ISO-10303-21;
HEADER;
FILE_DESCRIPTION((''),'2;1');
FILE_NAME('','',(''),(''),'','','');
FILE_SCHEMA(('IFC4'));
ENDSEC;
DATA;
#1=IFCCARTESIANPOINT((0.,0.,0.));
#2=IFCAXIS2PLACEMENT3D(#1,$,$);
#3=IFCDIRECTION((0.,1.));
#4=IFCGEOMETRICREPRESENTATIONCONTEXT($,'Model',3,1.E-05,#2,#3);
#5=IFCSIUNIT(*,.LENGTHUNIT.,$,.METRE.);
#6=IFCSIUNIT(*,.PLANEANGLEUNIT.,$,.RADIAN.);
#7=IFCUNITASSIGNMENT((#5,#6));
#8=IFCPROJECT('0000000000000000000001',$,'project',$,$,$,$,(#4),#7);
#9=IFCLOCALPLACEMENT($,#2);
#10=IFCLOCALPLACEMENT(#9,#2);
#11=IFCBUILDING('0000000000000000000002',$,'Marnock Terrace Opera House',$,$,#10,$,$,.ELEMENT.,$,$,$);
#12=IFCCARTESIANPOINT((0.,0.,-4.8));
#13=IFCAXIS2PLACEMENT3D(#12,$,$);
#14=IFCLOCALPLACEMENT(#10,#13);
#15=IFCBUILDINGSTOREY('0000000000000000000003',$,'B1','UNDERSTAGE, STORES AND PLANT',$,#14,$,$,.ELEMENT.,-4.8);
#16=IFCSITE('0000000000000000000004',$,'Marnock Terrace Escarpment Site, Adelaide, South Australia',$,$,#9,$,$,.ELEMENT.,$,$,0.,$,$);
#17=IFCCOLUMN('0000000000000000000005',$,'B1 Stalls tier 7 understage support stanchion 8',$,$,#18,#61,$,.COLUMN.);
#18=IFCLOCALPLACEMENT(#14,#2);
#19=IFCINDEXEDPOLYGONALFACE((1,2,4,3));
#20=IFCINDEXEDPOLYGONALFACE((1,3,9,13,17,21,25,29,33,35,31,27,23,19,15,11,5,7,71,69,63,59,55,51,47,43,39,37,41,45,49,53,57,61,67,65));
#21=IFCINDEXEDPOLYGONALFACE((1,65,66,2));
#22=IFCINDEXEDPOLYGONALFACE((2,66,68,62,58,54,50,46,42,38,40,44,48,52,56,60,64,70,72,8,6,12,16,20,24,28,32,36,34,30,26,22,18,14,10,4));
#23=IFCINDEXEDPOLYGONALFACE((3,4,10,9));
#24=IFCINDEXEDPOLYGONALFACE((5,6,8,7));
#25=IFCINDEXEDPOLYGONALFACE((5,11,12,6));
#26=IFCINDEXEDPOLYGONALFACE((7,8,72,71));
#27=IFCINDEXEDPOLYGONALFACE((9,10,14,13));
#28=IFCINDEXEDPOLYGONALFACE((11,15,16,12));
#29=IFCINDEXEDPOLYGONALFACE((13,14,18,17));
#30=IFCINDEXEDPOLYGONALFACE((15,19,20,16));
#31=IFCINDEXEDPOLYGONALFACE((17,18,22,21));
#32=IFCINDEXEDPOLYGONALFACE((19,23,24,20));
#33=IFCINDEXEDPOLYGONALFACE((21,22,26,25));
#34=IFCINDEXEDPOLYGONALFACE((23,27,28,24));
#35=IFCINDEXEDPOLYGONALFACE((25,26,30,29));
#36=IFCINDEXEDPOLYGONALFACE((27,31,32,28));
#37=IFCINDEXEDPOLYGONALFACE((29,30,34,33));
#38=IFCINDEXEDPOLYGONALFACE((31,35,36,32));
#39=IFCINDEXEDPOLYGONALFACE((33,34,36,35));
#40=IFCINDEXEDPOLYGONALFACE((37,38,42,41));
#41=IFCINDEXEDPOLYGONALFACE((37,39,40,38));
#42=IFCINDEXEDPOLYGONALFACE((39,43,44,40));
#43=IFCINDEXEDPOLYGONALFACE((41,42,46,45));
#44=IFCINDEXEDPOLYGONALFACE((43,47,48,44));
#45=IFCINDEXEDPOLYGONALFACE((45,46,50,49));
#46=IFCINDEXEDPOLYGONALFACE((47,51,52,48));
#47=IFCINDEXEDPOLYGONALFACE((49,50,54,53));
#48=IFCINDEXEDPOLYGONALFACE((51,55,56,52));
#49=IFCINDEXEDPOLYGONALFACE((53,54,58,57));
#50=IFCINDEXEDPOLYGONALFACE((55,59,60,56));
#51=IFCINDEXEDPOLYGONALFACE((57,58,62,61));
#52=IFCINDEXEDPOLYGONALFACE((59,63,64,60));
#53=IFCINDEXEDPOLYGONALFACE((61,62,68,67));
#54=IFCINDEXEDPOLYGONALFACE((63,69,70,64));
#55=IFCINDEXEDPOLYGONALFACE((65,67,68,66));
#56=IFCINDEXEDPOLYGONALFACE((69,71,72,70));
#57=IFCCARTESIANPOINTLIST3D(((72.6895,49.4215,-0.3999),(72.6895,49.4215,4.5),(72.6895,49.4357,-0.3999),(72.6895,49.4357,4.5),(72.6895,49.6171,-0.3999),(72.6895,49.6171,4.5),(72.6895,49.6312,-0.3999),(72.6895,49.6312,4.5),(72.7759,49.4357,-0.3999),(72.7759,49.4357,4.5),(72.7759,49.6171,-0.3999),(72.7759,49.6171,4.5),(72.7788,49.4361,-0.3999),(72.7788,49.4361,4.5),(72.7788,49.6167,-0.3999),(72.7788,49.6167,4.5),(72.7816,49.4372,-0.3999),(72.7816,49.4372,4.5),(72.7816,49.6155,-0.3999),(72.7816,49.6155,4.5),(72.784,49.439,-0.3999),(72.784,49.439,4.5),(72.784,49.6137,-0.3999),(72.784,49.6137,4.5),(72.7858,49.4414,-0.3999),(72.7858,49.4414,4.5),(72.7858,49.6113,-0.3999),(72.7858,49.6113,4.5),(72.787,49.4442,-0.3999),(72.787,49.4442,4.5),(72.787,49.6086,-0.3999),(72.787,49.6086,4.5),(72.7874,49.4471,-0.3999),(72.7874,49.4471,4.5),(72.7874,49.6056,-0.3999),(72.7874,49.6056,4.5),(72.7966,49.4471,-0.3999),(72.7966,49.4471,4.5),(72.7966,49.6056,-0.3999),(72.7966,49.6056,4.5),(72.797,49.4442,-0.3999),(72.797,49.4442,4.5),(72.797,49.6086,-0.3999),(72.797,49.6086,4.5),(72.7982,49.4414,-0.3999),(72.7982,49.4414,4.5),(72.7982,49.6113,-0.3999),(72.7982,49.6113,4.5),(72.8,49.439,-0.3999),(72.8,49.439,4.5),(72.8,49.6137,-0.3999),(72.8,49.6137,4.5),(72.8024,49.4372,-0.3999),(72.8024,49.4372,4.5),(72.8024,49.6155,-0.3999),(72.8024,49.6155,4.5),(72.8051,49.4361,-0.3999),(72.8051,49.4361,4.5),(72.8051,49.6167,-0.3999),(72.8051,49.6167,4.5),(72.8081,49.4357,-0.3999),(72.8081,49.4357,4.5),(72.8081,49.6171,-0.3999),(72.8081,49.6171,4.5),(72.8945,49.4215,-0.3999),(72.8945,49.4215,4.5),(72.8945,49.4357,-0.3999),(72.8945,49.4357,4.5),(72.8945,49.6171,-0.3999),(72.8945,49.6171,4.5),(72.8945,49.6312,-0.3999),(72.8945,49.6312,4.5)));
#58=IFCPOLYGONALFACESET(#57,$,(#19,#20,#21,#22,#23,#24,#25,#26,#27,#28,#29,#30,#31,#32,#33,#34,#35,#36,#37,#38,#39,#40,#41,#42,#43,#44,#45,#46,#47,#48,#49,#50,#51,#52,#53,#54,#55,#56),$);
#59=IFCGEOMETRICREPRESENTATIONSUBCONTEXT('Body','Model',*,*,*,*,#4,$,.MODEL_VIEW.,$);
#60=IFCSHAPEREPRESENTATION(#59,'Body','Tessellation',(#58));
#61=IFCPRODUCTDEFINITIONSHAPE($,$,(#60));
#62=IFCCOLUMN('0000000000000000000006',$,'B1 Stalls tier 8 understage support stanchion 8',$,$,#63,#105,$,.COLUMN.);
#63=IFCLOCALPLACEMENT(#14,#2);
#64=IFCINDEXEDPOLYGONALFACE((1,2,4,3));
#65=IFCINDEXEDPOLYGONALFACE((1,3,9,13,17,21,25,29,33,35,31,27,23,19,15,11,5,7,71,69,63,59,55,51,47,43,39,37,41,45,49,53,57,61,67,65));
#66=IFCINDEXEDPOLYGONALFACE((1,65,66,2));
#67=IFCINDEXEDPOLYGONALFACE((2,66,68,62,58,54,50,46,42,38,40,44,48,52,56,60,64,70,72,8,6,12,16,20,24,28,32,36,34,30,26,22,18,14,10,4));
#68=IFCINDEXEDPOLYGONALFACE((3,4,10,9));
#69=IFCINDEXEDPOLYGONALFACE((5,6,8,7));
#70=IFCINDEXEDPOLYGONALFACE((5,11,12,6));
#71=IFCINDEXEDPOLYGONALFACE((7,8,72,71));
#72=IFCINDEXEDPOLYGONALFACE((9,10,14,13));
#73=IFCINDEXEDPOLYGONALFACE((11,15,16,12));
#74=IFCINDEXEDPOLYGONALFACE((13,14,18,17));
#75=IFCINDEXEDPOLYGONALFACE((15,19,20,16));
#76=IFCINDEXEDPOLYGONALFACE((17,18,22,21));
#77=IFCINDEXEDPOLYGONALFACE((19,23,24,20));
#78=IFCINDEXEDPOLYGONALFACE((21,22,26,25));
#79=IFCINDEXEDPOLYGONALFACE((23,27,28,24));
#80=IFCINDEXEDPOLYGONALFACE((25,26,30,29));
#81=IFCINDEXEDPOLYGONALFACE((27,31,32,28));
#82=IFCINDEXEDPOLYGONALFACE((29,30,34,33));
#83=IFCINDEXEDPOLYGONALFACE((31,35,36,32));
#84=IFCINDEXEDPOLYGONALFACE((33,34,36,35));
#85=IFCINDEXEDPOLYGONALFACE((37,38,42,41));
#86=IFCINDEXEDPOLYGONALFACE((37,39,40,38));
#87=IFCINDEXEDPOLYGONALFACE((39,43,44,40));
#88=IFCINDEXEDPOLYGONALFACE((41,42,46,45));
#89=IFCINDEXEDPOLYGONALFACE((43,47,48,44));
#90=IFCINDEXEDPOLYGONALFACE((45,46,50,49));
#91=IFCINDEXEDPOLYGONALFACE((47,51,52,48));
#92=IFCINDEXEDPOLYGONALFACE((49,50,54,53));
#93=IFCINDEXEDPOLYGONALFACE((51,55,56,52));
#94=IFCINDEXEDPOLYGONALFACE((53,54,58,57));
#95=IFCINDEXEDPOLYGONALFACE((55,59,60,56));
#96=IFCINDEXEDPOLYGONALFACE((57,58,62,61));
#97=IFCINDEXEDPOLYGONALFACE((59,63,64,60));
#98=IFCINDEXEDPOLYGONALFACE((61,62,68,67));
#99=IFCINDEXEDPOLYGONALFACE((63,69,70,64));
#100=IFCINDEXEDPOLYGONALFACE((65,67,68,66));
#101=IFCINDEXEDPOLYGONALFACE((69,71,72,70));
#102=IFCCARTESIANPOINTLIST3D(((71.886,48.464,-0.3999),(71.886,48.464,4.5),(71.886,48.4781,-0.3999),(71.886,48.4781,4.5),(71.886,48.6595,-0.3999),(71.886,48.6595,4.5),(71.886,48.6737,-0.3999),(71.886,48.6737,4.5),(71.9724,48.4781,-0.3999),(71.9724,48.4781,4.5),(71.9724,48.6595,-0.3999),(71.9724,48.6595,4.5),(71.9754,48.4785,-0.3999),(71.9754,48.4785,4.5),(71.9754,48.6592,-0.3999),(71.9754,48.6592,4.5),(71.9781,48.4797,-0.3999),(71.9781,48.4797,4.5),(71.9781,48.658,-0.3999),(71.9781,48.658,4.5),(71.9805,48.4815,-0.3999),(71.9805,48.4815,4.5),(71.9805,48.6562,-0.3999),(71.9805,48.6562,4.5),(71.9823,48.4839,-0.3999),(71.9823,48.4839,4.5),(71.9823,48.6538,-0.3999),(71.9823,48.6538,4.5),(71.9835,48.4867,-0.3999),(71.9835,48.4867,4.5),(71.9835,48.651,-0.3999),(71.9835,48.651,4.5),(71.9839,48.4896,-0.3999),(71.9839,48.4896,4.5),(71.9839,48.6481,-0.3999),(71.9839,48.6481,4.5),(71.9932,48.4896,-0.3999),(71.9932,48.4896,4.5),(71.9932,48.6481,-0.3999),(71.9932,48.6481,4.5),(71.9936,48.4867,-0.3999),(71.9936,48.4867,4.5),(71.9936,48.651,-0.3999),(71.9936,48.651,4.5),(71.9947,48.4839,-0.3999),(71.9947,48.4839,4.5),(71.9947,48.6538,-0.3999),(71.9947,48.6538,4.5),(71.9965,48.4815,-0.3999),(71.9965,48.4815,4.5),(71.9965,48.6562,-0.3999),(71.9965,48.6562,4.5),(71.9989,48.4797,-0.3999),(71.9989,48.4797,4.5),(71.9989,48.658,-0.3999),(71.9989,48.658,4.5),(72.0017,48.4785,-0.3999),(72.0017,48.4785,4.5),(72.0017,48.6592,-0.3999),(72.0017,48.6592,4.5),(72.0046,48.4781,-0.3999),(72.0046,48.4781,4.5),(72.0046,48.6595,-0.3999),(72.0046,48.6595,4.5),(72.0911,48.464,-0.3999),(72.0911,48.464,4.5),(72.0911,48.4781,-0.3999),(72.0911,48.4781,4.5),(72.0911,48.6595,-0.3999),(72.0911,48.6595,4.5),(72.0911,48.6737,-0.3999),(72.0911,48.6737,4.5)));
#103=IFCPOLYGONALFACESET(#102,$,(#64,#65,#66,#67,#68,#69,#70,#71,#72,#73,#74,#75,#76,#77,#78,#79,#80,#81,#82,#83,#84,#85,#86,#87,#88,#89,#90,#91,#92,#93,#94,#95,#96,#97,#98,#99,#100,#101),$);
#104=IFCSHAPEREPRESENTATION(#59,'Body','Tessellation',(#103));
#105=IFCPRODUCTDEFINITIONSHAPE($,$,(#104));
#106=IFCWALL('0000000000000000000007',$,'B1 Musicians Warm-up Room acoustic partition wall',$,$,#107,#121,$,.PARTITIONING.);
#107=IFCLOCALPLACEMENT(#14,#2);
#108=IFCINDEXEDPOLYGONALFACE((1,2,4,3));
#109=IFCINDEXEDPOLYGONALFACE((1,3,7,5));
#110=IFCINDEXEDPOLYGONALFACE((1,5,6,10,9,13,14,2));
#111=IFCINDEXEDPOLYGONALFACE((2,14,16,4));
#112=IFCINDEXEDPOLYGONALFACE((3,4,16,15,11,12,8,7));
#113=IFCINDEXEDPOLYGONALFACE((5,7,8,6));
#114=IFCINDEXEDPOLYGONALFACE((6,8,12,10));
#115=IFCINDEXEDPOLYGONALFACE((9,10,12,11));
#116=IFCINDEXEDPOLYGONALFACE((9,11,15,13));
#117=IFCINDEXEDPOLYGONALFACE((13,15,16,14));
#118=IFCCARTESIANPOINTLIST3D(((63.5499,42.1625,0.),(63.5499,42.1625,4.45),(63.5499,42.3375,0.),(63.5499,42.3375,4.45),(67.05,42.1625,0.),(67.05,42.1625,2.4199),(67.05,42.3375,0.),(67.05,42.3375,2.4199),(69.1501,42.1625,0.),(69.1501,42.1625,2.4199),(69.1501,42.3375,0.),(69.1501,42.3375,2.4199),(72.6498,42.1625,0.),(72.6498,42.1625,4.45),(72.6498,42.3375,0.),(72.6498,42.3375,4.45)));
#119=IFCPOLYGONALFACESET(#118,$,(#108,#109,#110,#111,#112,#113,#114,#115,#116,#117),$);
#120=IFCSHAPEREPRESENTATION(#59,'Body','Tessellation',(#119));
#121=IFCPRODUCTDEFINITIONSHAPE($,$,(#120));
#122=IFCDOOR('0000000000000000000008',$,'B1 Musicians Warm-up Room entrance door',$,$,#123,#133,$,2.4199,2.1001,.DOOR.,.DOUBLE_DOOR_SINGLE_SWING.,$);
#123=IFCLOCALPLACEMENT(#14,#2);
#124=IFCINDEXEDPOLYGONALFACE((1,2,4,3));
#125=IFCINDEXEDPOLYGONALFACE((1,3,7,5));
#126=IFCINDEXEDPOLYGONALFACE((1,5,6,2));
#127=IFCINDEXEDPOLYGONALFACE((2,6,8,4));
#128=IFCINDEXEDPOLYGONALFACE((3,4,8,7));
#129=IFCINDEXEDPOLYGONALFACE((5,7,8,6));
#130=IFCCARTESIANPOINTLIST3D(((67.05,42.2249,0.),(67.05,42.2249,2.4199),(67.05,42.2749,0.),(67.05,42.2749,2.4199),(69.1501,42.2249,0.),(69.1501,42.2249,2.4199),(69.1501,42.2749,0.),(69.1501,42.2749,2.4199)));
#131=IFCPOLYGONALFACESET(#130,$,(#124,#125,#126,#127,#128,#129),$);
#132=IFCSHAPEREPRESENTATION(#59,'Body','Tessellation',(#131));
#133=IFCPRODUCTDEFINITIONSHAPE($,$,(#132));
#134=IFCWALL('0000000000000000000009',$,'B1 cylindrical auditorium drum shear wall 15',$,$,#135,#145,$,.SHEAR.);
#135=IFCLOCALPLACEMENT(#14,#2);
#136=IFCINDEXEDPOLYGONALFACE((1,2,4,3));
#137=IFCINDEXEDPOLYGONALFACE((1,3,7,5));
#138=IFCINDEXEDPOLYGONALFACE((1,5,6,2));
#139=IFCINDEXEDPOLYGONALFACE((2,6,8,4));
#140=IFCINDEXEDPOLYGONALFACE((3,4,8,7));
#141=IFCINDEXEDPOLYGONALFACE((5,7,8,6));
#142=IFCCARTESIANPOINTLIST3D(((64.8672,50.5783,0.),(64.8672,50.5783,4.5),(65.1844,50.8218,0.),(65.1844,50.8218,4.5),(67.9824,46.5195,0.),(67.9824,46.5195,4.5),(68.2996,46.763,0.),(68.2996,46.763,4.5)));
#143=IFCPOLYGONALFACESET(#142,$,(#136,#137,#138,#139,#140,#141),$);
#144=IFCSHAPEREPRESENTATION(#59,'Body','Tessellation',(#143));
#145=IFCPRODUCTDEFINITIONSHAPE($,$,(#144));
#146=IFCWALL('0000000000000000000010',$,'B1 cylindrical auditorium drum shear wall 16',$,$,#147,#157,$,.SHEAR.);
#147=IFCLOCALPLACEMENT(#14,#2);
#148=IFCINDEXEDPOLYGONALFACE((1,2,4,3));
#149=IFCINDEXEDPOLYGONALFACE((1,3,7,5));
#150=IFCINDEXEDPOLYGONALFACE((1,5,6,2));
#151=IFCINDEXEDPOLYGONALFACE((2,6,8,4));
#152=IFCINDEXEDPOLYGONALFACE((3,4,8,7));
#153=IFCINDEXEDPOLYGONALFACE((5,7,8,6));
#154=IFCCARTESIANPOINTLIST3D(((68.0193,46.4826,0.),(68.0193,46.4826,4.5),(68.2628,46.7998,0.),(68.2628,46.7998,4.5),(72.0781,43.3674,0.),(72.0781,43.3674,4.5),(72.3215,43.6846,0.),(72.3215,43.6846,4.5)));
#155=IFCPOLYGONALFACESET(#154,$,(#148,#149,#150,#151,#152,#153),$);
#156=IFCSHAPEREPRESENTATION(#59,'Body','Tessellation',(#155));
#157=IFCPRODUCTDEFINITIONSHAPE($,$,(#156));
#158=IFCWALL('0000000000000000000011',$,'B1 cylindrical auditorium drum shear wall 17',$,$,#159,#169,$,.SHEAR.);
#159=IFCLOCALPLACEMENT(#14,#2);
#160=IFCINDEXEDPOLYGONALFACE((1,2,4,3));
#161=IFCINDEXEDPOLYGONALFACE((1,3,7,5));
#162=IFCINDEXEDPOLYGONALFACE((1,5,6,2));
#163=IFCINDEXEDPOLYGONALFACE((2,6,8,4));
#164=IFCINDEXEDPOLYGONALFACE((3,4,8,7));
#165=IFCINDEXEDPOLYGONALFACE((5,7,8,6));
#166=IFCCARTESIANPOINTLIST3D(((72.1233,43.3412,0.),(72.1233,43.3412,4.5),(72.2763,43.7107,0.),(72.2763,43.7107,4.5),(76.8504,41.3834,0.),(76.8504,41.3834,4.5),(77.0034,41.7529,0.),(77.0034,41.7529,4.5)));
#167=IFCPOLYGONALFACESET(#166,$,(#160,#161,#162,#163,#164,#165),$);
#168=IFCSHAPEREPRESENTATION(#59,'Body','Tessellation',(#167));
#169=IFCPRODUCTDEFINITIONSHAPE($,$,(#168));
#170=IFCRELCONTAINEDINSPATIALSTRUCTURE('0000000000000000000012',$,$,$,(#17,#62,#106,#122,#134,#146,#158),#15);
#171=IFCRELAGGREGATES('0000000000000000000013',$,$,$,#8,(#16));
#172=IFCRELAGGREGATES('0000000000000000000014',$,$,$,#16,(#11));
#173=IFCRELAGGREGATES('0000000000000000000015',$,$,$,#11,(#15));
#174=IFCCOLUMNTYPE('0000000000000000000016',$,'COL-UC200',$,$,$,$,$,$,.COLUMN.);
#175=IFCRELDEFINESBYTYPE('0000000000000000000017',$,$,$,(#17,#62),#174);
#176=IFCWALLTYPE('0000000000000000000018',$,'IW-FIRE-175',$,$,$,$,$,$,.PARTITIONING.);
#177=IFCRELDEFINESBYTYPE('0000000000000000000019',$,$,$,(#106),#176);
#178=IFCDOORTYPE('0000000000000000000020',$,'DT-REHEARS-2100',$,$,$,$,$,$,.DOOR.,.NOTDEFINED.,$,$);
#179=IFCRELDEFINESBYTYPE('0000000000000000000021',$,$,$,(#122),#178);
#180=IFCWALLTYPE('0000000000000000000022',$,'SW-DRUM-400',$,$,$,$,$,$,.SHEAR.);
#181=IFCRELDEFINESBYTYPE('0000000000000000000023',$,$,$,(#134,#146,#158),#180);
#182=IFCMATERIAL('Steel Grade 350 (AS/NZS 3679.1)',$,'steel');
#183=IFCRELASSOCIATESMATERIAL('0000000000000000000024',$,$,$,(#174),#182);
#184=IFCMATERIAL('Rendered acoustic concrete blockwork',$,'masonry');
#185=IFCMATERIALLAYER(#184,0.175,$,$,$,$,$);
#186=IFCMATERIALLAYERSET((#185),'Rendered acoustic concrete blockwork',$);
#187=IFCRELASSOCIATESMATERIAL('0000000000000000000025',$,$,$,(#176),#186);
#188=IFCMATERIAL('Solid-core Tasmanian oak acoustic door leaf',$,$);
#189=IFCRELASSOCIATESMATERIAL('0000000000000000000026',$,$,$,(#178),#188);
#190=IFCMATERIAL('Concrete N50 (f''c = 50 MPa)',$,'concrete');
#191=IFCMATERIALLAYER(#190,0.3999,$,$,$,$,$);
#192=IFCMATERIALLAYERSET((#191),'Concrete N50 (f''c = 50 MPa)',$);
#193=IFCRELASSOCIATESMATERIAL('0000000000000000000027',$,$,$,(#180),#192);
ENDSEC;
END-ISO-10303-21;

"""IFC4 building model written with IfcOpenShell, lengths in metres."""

from ifc_helpers import new_model, si_unit, direction, frame, frame_2d, origin, origin_2d, place, context, subcontext, project, spatial, rectangle, i_section, extrude, material, layer, layer_set, material_profile, profile_set, type_object, element, fill, save


model = new_model("IFC4")

# Units and contexts
model_context = context("Model", 3, precision=1e-05, world=origin(), true_north=direction((0.0, 1.0)))
body_context = subcontext(model_context, "Body", "Model", "MODEL_VIEW")
ifc_project = project(units=[si_unit("LENGTHUNIT", "METRE"), si_unit("PLANEANGLEUNIT", "RADIAN")], contexts=[model_context])

# Site, building, storey
site_placement = place(None, origin())
site = spatial("IfcSite", under=ifc_project, at=site_placement, Name="Marnock Terrace Escarpment Site, Adelaide, South Australia", CompositionType="ELEMENT", RefElevation=0.0)
building_placement = place(site_placement, origin())
building = spatial("IfcBuilding", under=site, at=building_placement, Name="Marnock Terrace Opera House", CompositionType="ELEMENT")
storey_placement = place(building_placement, frame((0.0, 0.0, -4.8)))
storey = spatial("IfcBuildingStorey", under=building, at=storey_placement, Name="B1", Description="UNDERSTAGE, STORES AND PLANT", CompositionType="ELEMENT", Elevation=-4.8)

# Columns
ifc_material_1 = material(Name="Concrete N50 (f'c = 50 MPa)", Category="concrete")
ifc_material_2 = material(Name="Steel Grade 350 (AS/NZS 3679.1)", Category="steel")
ifc_material_profile_1 = material_profile(ifc_material_2, i_section(OverallWidth=0.2051, OverallDepth=0.2097, WebThickness=0.0093, FlangeThickness=0.0142, FilletRadius=0.0115, at=origin_2d()))
ifc_profile_set_1 = profile_set([ifc_material_profile_1], Name="Steel Grade 350 (AS/NZS 3679.1)")
column_type_1 = type_object("IfcColumnType", Name="COL-UC200", PredefinedType="COLUMN", material=ifc_profile_set_1)
for number, where, z_axis, x_axis, name in (
    (1, (72.792, 49.5264, -0.3999), (0.0, 0.0, 1.0), (1.0, 0.0, 0.0), "B1 Stalls tier 7 understage support stanchion 8"),
    (2, (71.9885, 48.5688, -0.3999), (0.0, 0.0, 1.0), (1.0, 0.0, 0.0), "B1 Stalls tier 8 understage support stanchion 8"),
):
    element("IfcColumn", number, at=place(storey_placement, frame(where, z_axis=z_axis, x_axis=x_axis)), inside=storey, type_object=column_type_1, Name=name, PredefinedType="COLUMN", context=body_context, shape_type="SweptSolid", body=[
        extrude(i_section(OverallWidth=0.2051, OverallDepth=0.2097, WebThickness=0.0093, FlangeThickness=0.0142, FilletRadius=0.0115, at=origin_2d()), origin(), (0.0, 0.0, 1.0), 4.8999),
    ])

# Wall, opening, door
ifc_material_3 = material(Name="Rendered acoustic concrete blockwork", Category="masonry")
ifc_layer_1 = layer(ifc_material_3, 0.175)
ifc_layer_set_1 = layer_set([ifc_layer_1], Name="Rendered acoustic concrete blockwork")
wall_type_1 = type_object("IfcWallType", Name="IW-FIRE-175", PredefinedType="PARTITIONING", material=ifc_layer_set_1)
wall_1_placement = place(storey_placement, frame((63.55, 42.25, 0.0), z_axis=(0.0, 0.0, 1.0), x_axis=(1.0, 0.0, 0.0)))
wall_1 = element("IfcWall", 3, at=wall_1_placement, inside=storey, type_object=wall_type_1, Name="B1 Musicians Warm-up Room acoustic partition wall", PredefinedType="PARTITIONING", context=body_context, shape_type="SweptSolid", body=[
    extrude(rectangle(XDim=9.0999, YDim=0.175, at=frame_2d((4.5498, 0.0))), origin(), (0.0, 0.0, 1.0), 4.45),
])
opening_1_placement = place(wall_1_placement, frame((3.5, 0.0, 0.0)))
opening_1 = element("IfcOpeningElement", 4, at=opening_1_placement, cuts=wall_1, PredefinedType="OPENING", context=body_context, shape_type="SweptSolid", body=[
    extrude(rectangle(XDim=2.1001, YDim=2.4199, at=frame_2d((1.05, 1.21))), frame((0.0, 0.0974, 0.0), z_axis=(0.0, -1.0, 0.0), x_axis=(1.0, 0.0, 0.0)), (0.0, 0.0, 1.0), 0.1951),
])
ifc_material_4 = material(Name="Solid-core Tasmanian oak acoustic door leaf")
door_type_1 = type_object("IfcDoorType", Name="DT-REHEARS-2100", OperationType="NOTDEFINED", PredefinedType="DOOR", material=ifc_material_4)
door_1_placement = place(opening_1_placement, origin())
door_1 = element("IfcDoor", 5, at=door_1_placement, inside=storey, type_object=door_type_1, Name="B1 Musicians Warm-up Room entrance door", OperationType="DOUBLE_DOOR_SINGLE_SWING", OverallHeight=2.4199, OverallWidth=2.1001, PredefinedType="DOOR", context=body_context, shape_type="SweptSolid", body=[
    extrude(rectangle(XDim=2.1001, YDim=2.4199, at=frame_2d((1.05, 1.21))), frame((0.0, 0.0249, 0.0), z_axis=(0.0, -1.0, 0.0), x_axis=(1.0, 0.0, 0.0)), (0.0, 0.0, 1.0), 0.05),
])
fill(opening_1, door_1)

# Walls
ifc_layer_2 = layer(ifc_material_1, 0.3999)
ifc_layer_set_2 = layer_set([ifc_layer_2], Name="Concrete N50 (f'c = 50 MPa)")
wall_type_2 = type_object("IfcWallType", Name="SW-DRUM-400", PredefinedType="SHEAR", material=ifc_layer_set_2)
for number, where, z_axis, x_axis, name in (
    (6, (65.0259, 50.7, 0.0), (0.0, 0.0, 1.0), (0.608857, -0.79328, 0.0), "B1 cylindrical auditorium drum shear wall 15"),
    (7, (68.1411, 46.6411, 0.0), (0.0, 0.0, 1.0), (0.79328, -0.608857, 0.0), "B1 cylindrical auditorium drum shear wall 16"),
    (8, (72.2, 43.5259, 0.0), (0.0, 0.0, 1.0), (0.923896, -0.382643, 0.0), "B1 cylindrical auditorium drum shear wall 17"),
):
    element("IfcWall", number, at=place(storey_placement, frame(where, z_axis=z_axis, x_axis=x_axis)), inside=storey, type_object=wall_type_2, Name=name, PredefinedType="SHEAR", context=body_context, shape_type="SweptSolid", body=[
        extrude(rectangle(XDim=5.1165, YDim=0.3999, at=frame_2d((2.5581, 0.0))), origin(), (0.0, 0.0, 1.0), 4.5),
    ])

save(model, "model.ifc")
